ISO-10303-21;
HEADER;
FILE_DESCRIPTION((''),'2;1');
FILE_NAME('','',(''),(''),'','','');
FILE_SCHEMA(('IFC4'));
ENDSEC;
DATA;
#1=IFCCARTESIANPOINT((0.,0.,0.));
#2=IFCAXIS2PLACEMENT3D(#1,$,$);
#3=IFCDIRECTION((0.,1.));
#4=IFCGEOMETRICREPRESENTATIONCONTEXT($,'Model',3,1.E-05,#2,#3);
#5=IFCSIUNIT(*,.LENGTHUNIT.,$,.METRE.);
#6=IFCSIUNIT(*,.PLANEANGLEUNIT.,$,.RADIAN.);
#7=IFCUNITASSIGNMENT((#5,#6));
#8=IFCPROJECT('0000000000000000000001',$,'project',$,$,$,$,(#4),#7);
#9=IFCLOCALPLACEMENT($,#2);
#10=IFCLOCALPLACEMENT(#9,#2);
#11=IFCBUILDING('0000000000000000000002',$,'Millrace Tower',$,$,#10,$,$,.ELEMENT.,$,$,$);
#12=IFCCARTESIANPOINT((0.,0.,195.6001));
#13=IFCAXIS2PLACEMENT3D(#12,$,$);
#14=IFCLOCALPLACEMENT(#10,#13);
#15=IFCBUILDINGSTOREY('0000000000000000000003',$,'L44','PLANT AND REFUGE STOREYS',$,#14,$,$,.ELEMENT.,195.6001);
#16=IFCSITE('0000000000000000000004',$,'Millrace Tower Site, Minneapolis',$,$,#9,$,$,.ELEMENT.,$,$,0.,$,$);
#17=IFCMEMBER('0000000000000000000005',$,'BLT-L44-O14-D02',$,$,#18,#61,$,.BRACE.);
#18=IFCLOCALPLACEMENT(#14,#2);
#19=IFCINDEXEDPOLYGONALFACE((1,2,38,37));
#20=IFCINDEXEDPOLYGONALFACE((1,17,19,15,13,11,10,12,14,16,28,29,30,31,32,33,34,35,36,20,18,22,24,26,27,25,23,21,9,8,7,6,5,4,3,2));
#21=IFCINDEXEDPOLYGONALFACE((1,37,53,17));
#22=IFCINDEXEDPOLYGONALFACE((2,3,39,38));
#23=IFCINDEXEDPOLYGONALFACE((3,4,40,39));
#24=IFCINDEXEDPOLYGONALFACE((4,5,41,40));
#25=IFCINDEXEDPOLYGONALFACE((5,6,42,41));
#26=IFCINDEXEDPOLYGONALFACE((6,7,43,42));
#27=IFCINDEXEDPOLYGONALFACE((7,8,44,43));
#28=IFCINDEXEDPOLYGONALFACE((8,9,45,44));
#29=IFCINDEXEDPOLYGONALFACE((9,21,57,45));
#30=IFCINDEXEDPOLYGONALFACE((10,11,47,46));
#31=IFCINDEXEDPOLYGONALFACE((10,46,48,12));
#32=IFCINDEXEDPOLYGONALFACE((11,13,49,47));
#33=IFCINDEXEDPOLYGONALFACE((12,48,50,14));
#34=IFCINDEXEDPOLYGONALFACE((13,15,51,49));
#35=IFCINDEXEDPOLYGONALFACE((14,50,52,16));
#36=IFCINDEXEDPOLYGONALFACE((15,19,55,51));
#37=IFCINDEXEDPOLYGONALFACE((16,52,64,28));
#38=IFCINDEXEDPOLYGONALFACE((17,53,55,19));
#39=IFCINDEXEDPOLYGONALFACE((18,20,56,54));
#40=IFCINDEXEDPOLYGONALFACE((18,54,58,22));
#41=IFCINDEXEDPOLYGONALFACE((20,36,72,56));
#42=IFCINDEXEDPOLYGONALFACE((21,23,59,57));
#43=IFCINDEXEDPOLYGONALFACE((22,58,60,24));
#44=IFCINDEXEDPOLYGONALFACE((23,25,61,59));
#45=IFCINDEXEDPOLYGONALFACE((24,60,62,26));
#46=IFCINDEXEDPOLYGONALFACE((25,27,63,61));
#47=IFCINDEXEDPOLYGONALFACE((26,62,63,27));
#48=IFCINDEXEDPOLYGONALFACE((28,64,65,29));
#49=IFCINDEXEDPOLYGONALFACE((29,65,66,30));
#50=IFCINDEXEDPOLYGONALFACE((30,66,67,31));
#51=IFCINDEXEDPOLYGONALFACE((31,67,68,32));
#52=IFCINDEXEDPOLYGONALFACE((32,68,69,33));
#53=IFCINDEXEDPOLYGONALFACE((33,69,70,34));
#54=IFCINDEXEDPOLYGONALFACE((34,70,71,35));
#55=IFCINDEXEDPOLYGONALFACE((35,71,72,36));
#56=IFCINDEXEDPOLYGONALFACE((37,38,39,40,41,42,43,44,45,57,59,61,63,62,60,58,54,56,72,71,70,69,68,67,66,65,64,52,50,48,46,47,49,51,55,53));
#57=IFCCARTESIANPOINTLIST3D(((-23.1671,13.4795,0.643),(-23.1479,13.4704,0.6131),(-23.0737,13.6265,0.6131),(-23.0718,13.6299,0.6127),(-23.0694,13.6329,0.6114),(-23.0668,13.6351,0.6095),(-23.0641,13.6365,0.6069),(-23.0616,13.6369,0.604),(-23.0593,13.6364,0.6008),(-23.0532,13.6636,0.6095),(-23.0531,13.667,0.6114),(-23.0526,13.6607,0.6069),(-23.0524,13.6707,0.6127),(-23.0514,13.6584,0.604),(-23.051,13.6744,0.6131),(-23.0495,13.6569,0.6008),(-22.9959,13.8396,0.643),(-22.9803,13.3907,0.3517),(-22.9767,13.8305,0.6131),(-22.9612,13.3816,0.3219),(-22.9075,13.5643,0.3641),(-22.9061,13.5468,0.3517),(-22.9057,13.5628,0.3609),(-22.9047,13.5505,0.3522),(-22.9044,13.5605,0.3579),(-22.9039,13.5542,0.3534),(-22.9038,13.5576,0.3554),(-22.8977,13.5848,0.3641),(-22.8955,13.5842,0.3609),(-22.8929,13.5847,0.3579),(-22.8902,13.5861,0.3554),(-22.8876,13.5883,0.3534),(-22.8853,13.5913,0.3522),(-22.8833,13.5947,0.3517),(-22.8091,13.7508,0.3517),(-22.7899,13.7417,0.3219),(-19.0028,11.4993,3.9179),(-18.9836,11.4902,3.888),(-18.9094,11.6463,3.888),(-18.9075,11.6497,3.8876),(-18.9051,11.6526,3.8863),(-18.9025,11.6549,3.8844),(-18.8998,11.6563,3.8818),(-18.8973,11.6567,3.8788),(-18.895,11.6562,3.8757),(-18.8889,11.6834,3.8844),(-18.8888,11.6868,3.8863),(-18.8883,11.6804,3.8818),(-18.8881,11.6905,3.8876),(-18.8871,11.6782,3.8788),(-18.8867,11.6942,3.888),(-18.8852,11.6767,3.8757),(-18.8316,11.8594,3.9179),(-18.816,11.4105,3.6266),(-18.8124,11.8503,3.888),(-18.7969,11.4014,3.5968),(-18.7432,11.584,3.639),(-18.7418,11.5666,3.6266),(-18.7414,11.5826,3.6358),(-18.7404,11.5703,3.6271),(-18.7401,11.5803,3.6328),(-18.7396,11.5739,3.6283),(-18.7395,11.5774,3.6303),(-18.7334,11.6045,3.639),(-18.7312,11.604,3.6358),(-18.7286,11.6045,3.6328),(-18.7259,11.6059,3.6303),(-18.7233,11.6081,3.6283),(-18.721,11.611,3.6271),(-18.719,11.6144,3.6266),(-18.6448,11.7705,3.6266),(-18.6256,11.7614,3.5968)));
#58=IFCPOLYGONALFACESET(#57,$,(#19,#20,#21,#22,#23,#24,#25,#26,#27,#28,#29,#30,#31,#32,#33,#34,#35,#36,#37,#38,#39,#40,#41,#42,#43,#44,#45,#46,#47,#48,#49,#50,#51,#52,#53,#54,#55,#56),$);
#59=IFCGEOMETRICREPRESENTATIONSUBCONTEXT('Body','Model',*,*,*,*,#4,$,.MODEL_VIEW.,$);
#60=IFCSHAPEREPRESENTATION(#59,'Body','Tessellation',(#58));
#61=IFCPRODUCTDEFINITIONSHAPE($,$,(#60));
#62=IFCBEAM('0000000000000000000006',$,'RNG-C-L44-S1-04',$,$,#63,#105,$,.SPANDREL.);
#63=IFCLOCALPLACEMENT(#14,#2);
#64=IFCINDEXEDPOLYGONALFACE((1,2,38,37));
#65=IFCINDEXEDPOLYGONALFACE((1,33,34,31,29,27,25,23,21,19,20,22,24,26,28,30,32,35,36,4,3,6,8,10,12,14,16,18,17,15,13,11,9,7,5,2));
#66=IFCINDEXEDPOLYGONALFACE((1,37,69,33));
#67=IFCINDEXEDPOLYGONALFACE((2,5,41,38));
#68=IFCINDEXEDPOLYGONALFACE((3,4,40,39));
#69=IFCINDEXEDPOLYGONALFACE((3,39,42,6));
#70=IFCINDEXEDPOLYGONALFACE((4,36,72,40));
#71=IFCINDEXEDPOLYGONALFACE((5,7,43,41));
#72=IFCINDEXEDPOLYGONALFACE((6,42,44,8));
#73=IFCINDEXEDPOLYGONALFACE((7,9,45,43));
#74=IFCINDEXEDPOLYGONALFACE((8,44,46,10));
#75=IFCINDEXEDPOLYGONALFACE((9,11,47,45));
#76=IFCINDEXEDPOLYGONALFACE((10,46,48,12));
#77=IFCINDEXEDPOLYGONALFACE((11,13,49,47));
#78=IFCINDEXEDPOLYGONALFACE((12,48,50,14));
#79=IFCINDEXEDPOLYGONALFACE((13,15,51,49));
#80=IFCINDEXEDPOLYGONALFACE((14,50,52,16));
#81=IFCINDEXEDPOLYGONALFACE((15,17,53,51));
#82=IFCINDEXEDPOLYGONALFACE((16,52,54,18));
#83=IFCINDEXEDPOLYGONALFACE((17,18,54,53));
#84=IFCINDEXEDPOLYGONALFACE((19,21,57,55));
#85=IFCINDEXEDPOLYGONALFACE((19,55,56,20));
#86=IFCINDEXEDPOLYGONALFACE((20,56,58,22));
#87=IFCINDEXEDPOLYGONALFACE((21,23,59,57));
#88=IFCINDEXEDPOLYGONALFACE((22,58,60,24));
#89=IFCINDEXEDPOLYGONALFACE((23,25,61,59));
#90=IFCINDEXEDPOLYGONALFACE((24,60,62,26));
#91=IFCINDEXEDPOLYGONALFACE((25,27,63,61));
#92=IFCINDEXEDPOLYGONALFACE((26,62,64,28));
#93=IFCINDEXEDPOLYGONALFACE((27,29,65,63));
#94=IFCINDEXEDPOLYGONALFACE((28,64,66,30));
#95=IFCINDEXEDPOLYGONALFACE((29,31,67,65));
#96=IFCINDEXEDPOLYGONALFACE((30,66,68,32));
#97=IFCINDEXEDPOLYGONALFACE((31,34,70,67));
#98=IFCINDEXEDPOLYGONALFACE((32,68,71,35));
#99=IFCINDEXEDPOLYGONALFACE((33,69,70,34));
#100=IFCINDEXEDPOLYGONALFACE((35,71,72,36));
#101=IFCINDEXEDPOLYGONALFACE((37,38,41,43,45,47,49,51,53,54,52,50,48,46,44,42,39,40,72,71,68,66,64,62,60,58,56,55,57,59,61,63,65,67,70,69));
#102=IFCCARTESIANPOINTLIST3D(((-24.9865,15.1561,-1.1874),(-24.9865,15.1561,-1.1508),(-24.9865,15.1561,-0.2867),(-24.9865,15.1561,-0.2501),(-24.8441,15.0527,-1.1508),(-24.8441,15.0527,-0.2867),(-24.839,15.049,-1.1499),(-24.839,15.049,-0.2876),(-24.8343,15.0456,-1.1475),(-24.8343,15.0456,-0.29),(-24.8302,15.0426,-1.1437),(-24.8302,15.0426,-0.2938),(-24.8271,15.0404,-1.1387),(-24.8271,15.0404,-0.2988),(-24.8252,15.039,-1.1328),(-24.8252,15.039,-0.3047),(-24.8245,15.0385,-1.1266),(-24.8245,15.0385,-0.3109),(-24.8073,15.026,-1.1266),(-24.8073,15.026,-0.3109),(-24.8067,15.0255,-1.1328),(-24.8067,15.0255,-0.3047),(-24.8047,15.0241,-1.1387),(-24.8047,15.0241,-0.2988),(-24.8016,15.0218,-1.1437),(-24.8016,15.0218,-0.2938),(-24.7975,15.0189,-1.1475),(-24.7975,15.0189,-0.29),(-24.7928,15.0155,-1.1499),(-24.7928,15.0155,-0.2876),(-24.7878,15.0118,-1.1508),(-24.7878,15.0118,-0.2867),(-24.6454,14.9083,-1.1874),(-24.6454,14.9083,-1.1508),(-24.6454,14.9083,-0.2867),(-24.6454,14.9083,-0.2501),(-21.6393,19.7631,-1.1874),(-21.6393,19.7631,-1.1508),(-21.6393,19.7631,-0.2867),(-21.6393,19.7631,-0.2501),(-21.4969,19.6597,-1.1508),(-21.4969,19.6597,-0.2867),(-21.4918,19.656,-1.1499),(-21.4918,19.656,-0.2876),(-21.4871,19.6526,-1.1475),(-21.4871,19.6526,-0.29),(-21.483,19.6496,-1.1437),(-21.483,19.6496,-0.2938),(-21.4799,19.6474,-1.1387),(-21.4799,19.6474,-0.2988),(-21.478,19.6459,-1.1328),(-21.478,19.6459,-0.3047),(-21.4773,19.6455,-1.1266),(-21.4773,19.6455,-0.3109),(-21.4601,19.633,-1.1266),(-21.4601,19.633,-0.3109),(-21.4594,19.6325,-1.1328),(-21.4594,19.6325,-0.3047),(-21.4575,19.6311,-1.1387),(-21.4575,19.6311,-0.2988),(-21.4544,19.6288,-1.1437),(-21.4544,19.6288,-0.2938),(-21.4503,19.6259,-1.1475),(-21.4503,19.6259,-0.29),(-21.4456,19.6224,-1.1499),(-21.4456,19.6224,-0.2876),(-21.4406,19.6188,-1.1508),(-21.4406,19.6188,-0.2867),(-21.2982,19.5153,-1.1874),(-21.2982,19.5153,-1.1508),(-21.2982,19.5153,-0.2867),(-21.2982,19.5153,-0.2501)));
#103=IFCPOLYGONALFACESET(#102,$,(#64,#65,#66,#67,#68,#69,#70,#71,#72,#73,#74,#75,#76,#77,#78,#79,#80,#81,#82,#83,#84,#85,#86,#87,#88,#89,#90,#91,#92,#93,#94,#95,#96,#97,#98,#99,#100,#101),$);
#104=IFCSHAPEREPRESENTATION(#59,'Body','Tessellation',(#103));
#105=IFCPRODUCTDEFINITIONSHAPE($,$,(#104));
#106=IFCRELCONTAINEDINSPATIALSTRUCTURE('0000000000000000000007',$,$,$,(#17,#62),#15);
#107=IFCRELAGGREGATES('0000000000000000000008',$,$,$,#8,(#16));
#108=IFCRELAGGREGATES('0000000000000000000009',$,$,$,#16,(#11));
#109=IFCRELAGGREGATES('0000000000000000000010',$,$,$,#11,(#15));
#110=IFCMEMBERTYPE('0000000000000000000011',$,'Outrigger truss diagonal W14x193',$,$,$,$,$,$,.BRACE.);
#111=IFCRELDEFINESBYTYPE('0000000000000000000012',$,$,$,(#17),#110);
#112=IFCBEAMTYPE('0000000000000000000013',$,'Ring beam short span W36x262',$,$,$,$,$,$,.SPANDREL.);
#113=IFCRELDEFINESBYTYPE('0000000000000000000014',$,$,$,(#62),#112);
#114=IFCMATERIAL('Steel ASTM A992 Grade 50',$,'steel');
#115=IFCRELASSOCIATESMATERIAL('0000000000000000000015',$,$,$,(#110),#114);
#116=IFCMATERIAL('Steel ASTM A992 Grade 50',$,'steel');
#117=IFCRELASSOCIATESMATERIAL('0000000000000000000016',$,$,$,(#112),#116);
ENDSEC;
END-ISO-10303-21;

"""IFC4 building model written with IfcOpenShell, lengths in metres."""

from ifc_helpers import new_model, si_unit, direction, frame, origin, origin_2d, place, context, subcontext, project, spatial, i_section, extrude, material, material_profile, profile_set, type_object, element, save


model = new_model("IFC4")

# Units and contexts
model_context = context("Model", 3, precision=1e-05, world=origin(), true_north=direction((0.0, 1.0)))
body_context = subcontext(model_context, "Body", "Model", "MODEL_VIEW")
ifc_project = project(units=[si_unit("LENGTHUNIT", "METRE"), si_unit("PLANEANGLEUNIT", "RADIAN")], contexts=[model_context])

# Site, building, storey
site_placement = place(None, origin())
site = spatial("IfcSite", under=ifc_project, at=site_placement, Name="Millrace Tower Site, Minneapolis", CompositionType="ELEMENT", RefElevation=0.0)
building_placement = place(site_placement, origin())
building = spatial("IfcBuilding", under=site, at=building_placement, Name="Millrace Tower", CompositionType="ELEMENT")
storey_placement = place(building_placement, frame((0.0, 0.0, 195.6001)))
storey = spatial("IfcBuildingStorey", under=building, at=storey_placement, Name="L44", Description="PLANT AND REFUGE STOREYS", CompositionType="ELEMENT", Elevation=195.6001)

# Member
ifc_material_1 = material(Name="Steel ASTM A992 Grade 50", Category="steel")
ifc_material_profile_1 = material_profile(ifc_material_1, i_section(OverallWidth=0.3987, OverallDepth=0.3938, WebThickness=0.0227, FlangeThickness=0.0366, FilletRadius=0.0151, at=origin_2d()))
ifc_profile_set_1 = profile_set([ifc_material_profile_1], Name="Steel ASTM A992 Grade 50")
member_type_1 = type_object("IfcMemberType", Name="Outrigger truss diagonal W14x193", PredefinedType="BRACE", material=ifc_profile_set_1)
member_1_placement = place(storey_placement, frame((-22.9785, 13.6106, 0.4824), z_axis=(0.736294, -0.350125, 0.579037), x_axis=(0.429442, 0.903094, 0.0)))
element("IfcMember", 1, at=member_1_placement, inside=storey, type_object=member_type_1, Name="BLT-L44-O14-D02", PredefinedType="BRACE", context=body_context, shape_type="SweptSolid", body=[
    extrude(i_section(OverallWidth=0.3987, OverallDepth=0.3938, WebThickness=0.0227, FlangeThickness=0.0366, FilletRadius=0.0151, at=origin_2d()), origin(), (0.0, 0.0, 1.0), 5.6558),
])

# Beam
ifc_material_2 = material(Name="Steel ASTM A992 Grade 50", Category="steel")
ifc_material_profile_2 = material_profile(ifc_material_2, i_section(OverallWidth=0.4216, OverallDepth=0.9373, WebThickness=0.0212, FlangeThickness=0.0366, FilletRadius=0.0242, at=origin_2d()))
ifc_profile_set_2 = profile_set([ifc_material_profile_2], Name="Steel ASTM A992 Grade 50")
beam_type_1 = type_object("IfcBeamType", Name="Ring beam short span W36x262", PredefinedType="SPANDREL", material=ifc_profile_set_2)
beam_1_placement = place(storey_placement, frame((-24.8159, 15.0322, -0.7188), z_axis=(0.587789, 0.809014, 0.0), x_axis=(-0.809014, 0.587789, 0.0)))
element("IfcBeam", 2, at=beam_1_placement, inside=storey, type_object=beam_type_1, Name="RNG-C-L44-S1-04", PredefinedType="SPANDREL", context=body_context, shape_type="SweptSolid", body=[
    extrude(i_section(OverallWidth=0.4216, OverallDepth=0.9373, WebThickness=0.0212, FlangeThickness=0.0366, FilletRadius=0.0242, at=origin_2d()), origin(), (0.0, 0.0, 1.0), 5.6946),
])

save(model, "model.ifc")
